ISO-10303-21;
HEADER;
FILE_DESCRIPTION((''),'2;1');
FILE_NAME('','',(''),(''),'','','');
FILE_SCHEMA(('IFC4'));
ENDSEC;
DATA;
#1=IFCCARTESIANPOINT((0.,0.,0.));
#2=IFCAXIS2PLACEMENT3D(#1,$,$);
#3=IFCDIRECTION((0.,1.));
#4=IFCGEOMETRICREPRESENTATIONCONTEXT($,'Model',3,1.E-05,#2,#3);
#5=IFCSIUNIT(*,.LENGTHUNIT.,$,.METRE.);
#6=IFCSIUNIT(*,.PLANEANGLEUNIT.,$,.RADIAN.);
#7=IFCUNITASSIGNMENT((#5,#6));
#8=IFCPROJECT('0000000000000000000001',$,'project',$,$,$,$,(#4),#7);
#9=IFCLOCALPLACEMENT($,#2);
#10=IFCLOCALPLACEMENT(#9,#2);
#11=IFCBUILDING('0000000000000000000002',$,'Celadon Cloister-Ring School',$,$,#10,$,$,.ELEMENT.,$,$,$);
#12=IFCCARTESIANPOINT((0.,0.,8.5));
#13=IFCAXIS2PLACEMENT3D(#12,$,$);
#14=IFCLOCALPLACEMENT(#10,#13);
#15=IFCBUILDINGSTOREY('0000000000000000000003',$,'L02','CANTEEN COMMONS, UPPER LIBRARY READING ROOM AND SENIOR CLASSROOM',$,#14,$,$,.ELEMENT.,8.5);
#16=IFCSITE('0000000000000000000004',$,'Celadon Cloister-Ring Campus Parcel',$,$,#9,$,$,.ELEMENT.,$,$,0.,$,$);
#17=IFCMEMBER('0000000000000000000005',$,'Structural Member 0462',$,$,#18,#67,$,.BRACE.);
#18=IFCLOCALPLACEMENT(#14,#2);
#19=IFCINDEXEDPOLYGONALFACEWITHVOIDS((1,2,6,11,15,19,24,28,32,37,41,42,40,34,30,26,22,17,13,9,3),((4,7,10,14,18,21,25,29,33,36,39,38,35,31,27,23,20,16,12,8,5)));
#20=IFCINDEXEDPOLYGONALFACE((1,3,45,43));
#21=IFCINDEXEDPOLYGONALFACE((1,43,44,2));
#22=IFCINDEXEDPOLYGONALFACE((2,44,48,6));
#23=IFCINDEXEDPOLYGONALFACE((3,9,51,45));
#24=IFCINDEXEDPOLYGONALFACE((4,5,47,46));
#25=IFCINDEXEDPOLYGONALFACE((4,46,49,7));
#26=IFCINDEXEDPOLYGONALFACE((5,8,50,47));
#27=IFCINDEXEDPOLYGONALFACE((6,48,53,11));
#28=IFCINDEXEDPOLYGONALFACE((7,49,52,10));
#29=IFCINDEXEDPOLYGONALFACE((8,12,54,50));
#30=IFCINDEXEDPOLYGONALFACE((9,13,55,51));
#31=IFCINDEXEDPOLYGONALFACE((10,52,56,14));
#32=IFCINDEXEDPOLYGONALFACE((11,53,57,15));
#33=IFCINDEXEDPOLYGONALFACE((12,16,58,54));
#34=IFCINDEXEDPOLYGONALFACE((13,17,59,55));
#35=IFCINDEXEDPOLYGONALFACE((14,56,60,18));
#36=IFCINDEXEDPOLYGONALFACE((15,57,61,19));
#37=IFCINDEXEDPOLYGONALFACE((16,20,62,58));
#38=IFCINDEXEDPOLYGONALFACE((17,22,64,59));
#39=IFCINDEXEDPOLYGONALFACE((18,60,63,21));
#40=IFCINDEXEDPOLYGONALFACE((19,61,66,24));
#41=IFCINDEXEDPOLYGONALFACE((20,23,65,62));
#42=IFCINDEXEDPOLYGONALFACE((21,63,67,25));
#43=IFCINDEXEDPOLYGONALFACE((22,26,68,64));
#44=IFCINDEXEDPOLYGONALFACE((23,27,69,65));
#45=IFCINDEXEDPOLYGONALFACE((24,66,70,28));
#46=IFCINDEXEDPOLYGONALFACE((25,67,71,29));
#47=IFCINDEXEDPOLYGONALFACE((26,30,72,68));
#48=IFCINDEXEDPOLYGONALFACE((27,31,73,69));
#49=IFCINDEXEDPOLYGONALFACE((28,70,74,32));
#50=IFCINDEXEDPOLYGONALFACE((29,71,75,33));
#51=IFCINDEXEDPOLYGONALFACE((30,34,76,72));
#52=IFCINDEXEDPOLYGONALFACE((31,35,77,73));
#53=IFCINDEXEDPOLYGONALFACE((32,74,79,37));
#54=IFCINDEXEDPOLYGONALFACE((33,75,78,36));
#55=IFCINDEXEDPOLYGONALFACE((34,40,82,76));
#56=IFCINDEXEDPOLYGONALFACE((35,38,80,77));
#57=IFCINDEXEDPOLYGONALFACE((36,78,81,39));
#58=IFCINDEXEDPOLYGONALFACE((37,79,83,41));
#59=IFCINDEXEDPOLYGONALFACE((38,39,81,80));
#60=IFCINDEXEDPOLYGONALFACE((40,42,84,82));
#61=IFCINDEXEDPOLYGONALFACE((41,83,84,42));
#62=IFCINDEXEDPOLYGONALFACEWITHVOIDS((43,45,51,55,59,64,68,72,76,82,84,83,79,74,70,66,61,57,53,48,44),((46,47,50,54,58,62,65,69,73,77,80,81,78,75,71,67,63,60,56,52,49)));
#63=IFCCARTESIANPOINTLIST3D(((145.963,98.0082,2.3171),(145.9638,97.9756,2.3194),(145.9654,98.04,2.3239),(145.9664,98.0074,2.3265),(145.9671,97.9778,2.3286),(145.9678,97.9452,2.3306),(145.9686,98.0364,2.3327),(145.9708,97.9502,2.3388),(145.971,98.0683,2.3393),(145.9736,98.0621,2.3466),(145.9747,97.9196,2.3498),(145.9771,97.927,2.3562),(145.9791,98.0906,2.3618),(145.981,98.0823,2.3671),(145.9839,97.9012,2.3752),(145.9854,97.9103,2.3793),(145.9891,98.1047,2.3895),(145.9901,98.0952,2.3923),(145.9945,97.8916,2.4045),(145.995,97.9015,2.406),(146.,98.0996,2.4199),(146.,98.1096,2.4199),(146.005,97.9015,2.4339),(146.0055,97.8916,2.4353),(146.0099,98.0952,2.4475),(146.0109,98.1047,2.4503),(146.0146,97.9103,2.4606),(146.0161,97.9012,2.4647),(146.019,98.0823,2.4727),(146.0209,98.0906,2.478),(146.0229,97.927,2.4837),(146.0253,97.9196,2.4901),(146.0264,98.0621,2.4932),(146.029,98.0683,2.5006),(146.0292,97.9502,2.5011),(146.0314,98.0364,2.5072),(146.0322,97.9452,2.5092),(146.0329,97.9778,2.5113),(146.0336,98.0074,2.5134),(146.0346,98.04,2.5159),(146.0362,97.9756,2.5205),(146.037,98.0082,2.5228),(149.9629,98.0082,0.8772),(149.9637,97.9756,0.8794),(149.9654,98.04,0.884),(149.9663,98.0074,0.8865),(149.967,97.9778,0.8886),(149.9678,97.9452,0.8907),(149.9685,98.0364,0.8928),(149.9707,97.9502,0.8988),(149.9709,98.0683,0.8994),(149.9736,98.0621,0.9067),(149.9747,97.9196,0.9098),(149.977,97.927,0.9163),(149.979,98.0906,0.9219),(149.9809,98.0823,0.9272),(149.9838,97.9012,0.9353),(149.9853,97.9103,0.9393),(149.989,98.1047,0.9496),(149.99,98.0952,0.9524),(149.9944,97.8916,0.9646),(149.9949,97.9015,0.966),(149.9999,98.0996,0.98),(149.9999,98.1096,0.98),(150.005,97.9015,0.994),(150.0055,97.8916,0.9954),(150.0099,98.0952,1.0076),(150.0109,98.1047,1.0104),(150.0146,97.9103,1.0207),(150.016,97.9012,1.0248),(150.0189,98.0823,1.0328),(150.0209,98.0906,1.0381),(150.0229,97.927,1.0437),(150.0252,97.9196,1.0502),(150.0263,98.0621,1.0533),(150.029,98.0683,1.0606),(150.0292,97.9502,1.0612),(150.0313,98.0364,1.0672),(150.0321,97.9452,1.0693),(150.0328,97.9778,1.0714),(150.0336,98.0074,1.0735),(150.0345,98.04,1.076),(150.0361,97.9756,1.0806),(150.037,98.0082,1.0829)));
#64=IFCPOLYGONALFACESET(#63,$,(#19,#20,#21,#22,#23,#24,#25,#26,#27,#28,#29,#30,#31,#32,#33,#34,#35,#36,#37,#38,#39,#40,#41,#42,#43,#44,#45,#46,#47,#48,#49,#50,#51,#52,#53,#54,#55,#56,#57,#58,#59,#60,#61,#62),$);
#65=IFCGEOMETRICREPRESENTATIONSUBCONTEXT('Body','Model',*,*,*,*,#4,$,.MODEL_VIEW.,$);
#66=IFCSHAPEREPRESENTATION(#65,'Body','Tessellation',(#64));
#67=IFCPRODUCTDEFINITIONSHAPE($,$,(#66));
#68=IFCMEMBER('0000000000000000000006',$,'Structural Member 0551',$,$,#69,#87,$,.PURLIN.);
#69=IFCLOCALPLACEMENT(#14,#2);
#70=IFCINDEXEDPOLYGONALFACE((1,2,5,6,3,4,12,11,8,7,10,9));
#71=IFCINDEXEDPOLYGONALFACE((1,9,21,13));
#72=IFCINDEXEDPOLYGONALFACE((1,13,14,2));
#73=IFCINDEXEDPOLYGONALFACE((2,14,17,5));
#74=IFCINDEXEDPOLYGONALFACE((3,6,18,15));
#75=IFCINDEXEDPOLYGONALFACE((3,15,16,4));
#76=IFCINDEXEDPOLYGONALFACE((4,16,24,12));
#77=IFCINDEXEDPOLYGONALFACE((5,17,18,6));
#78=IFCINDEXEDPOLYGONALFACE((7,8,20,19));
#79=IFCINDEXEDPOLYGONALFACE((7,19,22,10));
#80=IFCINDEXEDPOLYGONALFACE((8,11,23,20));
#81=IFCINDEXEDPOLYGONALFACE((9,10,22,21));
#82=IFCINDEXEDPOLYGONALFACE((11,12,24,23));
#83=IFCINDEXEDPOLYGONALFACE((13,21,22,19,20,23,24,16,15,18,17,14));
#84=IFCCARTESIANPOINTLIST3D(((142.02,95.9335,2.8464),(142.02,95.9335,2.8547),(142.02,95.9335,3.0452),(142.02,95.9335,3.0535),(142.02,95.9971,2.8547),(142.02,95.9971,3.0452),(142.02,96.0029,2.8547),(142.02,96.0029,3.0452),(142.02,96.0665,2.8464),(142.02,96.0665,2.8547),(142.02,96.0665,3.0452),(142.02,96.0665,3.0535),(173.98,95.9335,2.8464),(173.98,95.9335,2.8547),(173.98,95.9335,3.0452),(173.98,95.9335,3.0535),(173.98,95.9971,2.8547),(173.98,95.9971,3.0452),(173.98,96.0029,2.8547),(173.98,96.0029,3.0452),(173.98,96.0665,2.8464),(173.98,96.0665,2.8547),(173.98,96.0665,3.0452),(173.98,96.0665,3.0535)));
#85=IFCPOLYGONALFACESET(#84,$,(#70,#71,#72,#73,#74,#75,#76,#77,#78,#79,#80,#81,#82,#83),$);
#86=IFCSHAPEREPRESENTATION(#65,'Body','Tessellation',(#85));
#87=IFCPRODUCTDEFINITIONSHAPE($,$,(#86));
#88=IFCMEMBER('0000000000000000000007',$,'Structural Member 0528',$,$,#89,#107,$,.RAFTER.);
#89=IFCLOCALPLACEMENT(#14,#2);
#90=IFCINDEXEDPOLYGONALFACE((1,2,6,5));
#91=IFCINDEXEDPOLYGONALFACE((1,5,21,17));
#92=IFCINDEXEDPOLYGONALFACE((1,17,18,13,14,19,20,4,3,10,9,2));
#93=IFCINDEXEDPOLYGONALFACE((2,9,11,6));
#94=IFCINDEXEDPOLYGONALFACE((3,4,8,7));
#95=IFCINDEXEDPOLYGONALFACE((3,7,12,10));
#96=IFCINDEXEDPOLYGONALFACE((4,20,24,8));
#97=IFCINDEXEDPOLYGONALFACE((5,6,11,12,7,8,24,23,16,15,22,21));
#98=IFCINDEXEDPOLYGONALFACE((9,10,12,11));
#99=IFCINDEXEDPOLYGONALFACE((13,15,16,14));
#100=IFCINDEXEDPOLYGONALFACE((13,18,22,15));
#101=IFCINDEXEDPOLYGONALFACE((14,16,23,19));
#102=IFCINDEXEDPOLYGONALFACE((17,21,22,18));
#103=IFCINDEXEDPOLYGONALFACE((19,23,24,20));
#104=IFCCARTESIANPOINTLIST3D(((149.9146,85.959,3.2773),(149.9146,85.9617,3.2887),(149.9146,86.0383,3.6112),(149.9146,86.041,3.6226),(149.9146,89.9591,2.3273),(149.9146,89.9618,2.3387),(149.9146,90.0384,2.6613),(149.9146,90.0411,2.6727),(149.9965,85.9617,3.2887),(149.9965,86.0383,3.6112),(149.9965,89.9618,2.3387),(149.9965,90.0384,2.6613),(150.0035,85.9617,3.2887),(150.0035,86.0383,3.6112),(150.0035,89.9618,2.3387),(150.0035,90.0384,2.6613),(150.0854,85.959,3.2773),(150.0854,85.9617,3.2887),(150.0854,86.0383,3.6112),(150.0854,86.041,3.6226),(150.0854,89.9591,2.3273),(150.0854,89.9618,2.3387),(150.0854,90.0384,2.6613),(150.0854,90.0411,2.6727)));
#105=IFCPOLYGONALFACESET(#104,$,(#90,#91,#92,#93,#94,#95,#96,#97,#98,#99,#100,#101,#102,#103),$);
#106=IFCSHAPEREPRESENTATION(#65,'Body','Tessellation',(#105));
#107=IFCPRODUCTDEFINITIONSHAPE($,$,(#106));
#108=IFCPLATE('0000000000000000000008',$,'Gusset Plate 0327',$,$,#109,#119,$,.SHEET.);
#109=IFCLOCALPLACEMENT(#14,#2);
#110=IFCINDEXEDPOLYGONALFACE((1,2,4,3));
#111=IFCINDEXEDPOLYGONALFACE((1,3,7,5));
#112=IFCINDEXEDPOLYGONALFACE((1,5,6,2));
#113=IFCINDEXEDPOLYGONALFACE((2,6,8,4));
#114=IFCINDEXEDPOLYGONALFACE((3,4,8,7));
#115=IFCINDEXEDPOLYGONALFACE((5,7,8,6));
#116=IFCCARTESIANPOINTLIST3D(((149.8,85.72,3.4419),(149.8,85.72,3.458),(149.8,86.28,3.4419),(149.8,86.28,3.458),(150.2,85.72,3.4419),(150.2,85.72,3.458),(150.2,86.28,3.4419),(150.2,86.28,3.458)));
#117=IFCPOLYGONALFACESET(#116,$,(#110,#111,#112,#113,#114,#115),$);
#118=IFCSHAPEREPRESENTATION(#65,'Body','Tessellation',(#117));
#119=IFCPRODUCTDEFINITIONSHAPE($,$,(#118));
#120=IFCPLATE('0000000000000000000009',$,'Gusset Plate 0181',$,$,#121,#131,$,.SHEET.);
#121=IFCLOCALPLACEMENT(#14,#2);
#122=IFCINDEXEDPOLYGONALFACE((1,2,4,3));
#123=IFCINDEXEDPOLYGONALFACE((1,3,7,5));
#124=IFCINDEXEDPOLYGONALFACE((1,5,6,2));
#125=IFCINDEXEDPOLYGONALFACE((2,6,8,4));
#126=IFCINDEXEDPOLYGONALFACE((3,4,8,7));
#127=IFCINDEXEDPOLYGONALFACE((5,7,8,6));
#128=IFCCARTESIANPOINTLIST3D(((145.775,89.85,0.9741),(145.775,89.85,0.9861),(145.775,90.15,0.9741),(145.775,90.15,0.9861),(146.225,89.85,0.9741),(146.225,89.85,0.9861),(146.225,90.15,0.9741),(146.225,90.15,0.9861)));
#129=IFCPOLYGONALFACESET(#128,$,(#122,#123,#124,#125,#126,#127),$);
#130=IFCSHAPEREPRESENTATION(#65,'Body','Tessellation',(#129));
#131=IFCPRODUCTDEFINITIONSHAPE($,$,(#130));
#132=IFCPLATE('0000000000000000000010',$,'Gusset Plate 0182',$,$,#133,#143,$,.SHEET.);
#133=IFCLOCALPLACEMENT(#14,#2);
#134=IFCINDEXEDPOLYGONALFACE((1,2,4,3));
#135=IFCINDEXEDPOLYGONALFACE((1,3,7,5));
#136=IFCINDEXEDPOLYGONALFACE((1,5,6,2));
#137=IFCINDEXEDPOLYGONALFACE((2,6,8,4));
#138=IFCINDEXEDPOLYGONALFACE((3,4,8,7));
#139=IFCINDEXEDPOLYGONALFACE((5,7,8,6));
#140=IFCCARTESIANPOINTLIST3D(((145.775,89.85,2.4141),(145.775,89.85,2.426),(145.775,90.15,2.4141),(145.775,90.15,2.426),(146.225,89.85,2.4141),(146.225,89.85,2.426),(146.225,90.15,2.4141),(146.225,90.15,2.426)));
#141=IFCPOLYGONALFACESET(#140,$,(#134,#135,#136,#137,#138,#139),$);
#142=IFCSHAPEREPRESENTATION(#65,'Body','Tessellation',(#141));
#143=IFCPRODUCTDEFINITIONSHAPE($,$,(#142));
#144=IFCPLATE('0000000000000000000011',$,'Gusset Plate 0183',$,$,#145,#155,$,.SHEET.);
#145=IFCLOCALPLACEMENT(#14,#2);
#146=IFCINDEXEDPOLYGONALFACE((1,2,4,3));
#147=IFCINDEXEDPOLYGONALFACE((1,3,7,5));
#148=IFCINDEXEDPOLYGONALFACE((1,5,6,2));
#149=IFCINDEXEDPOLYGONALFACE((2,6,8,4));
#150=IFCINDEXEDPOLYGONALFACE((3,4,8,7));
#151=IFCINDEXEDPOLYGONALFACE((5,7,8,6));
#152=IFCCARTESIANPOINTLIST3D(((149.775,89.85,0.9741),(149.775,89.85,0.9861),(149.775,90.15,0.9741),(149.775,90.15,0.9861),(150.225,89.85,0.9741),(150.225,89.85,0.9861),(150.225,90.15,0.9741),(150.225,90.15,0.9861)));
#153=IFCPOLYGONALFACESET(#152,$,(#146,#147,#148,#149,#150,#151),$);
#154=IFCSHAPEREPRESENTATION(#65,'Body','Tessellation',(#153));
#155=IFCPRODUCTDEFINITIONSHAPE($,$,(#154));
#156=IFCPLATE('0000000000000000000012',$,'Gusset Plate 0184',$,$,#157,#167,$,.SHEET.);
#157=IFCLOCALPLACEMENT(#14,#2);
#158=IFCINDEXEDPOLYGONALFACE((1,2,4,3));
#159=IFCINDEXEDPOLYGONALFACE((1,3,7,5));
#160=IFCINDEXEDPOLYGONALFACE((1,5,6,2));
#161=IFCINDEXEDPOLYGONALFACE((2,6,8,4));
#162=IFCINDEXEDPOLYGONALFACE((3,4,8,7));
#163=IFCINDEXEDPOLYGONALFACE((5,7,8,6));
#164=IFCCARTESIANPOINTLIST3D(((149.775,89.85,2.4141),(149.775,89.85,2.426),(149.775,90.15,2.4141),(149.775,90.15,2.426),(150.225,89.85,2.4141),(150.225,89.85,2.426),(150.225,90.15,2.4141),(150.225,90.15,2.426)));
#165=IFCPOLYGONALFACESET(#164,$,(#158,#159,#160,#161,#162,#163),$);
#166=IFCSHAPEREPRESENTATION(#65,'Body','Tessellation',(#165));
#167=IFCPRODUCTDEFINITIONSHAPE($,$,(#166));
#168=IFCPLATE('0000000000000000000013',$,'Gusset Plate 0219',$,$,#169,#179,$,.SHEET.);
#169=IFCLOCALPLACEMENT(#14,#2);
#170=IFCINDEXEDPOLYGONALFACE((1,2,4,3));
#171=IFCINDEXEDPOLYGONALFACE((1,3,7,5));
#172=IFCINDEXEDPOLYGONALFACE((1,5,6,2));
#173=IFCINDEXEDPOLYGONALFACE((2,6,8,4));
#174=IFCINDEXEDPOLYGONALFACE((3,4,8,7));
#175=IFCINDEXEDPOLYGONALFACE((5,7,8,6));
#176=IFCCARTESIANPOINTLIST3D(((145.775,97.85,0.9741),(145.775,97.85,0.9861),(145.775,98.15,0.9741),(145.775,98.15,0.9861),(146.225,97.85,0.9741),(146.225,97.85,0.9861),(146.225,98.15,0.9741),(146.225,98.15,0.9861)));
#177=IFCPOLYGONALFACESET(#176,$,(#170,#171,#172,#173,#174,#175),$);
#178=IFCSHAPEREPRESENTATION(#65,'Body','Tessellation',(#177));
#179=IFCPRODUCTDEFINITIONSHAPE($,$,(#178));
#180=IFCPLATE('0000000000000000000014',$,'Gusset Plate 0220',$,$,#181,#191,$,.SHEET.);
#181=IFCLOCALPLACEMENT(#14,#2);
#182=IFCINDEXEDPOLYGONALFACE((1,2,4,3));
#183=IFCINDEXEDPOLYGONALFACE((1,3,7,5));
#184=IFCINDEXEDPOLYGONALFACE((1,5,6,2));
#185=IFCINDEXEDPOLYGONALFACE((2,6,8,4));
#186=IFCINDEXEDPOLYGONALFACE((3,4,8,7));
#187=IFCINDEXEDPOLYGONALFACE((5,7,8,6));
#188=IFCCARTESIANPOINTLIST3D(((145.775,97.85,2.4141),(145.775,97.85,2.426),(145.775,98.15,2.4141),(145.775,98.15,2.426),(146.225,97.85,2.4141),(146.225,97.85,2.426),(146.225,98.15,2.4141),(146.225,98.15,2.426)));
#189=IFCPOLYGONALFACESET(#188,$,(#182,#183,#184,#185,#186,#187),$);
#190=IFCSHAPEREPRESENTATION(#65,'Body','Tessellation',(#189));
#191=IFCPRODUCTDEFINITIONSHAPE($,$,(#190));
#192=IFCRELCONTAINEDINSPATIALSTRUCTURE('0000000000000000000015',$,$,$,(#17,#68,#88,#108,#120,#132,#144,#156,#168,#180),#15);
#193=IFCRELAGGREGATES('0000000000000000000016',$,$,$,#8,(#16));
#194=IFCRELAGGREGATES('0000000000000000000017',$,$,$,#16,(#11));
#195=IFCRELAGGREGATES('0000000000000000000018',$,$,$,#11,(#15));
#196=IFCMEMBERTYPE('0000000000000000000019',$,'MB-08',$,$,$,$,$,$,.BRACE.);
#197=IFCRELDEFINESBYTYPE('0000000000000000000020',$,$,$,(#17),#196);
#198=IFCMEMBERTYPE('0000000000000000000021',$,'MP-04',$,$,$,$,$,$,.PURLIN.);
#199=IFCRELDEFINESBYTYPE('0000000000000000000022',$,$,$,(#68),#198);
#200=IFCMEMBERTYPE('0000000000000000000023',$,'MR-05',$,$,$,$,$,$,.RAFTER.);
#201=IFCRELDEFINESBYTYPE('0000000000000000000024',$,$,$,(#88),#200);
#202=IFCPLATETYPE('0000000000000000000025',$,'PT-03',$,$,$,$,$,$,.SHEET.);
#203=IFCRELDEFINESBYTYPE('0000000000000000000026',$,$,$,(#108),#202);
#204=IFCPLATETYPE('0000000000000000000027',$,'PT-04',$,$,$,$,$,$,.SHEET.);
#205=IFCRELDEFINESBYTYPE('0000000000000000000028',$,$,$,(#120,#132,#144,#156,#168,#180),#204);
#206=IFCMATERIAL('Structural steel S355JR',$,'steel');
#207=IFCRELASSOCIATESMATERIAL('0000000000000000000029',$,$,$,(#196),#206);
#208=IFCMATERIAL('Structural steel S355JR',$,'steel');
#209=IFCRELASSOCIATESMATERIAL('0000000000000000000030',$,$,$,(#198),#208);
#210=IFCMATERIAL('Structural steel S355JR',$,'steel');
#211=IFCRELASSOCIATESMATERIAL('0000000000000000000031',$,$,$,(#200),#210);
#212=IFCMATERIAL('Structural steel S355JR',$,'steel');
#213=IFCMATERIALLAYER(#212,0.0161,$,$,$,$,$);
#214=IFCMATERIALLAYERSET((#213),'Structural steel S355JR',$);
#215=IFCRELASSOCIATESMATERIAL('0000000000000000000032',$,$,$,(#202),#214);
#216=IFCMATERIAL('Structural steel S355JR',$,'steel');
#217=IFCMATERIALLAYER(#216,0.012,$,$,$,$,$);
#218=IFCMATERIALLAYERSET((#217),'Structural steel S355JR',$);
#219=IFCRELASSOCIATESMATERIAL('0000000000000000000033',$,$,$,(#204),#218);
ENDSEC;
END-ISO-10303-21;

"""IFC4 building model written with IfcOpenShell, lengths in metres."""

from ifc_helpers import new_model, si_unit, direction, frame, origin, origin_2d, place, context, subcontext, project, spatial, rectangle, hollow_circle, i_section, extrude, material, layer, layer_set, material_profile, profile_set, type_object, element, save


model = new_model("IFC4")

# Units and contexts
model_context = context("Model", 3, precision=1e-05, world=origin(), true_north=direction((0.0, 1.0)))
body_context = subcontext(model_context, "Body", "Model", "MODEL_VIEW")
ifc_project = project(units=[si_unit("LENGTHUNIT", "METRE"), si_unit("PLANEANGLEUNIT", "RADIAN")], contexts=[model_context])

# Site, building, storey
site_placement = place(None, origin())
site = spatial("IfcSite", under=ifc_project, at=site_placement, Name="Celadon Cloister-Ring Campus Parcel", CompositionType="ELEMENT", RefElevation=0.0)
building_placement = place(site_placement, origin())
building = spatial("IfcBuilding", under=site, at=building_placement, Name="Celadon Cloister-Ring School", CompositionType="ELEMENT")
storey_placement = place(building_placement, frame((0.0, 0.0, 8.5)))
storey = spatial("IfcBuildingStorey", under=building, at=storey_placement, Name="L02", Description="CANTEEN COMMONS, UPPER LIBRARY READING ROOM AND SENIOR CLASSROOM", CompositionType="ELEMENT", Elevation=8.5)

# Members
ifc_material_1 = material(Name="Structural steel S355JR", Category="steel")
ifc_material_profile_1 = material_profile(ifc_material_1, hollow_circle(Radius=0.1096, WallThickness=0.01, at=origin_2d()), Name="CHS219.1X10")
ifc_profile_set_1 = profile_set([ifc_material_profile_1], Name="Structural steel S355JR")
member_type_1 = type_object("IfcMemberType", Name="MB-08", PredefinedType="BRACE", material=ifc_profile_set_1)
for number, where, z_axis, x_axis, name in (
    (1, (146.0, 98.0, 2.4199), (0.940892, 0.0, -0.338707), (0.0, 1.0, 0.0), "Structural Member 0462"),
):
    element("IfcMember", number, at=place(storey_placement, frame(where, z_axis=z_axis, x_axis=x_axis)), inside=storey, type_object=member_type_1, Name=name, PredefinedType="BRACE", context=body_context, shape_type="SweptSolid", body=[
        extrude(hollow_circle(Radius=0.1096, WallThickness=0.01, at=origin_2d()), origin(), (0.0, 0.0, 1.0), 4.2512),
    ])
ifc_material_2 = material(Name="Structural steel S355JR", Category="steel")
ifc_material_profile_2 = material_profile(ifc_material_2, i_section(OverallWidth=0.1331, OverallDepth=0.207, WebThickness=0.0059, FlangeThickness=0.0083, at=origin_2d()), Name="W200X27")
ifc_profile_set_2 = profile_set([ifc_material_profile_2], Name="Structural steel S355JR")
member_type_2 = type_object("IfcMemberType", Name="MP-04", PredefinedType="PURLIN", material=ifc_profile_set_2)
member_1_placement = place(storey_placement, frame((142.02, 96.0, 2.95), z_axis=(1.0, 0.0, 0.0), x_axis=(0.0, 1.0, 0.0)))
element("IfcMember", 2, at=member_1_placement, inside=storey, type_object=member_type_2, Name="Structural Member 0551", PredefinedType="PURLIN", context=body_context, shape_type="SweptSolid", body=[
    extrude(i_section(OverallWidth=0.1331, OverallDepth=0.207, WebThickness=0.0059, FlangeThickness=0.0083, at=origin_2d()), origin(), (0.0, 0.0, 1.0), 31.96),
])
ifc_material_3 = material(Name="Structural steel S355JR", Category="steel")
ifc_material_profile_3 = material_profile(ifc_material_3, i_section(OverallWidth=0.1709, OverallDepth=0.355, WebThickness=0.0071, FlangeThickness=0.0117, at=origin_2d()), Name="W360X51")
ifc_profile_set_3 = profile_set([ifc_material_profile_3], Name="Structural steel S355JR")
member_type_3 = type_object("IfcMemberType", Name="MR-05", PredefinedType="RAFTER", material=ifc_profile_set_3)
member_2_placement = place(storey_placement, frame((150.0, 86.0, 3.45), z_axis=(0.0, 0.972939, -0.231061), x_axis=(-1.0, 0.0, 0.0)))
element("IfcMember", 3, at=member_2_placement, inside=storey, type_object=member_type_3, Name="Structural Member 0528", PredefinedType="RAFTER", context=body_context, shape_type="SweptSolid", body=[
    extrude(i_section(OverallWidth=0.1709, OverallDepth=0.355, WebThickness=0.0071, FlangeThickness=0.0117, at=origin_2d()), origin(), (0.0, 0.0, 1.0), 4.1113),
])

# Plates
ifc_material_4 = material(Name="Structural steel S355JR", Category="steel")
ifc_layer_1 = layer(ifc_material_4, 0.0161)
ifc_layer_set_1 = layer_set([ifc_layer_1], Name="Structural steel S355JR")
plate_type_1 = type_object("IfcPlateType", Name="PT-03", PredefinedType="SHEET", material=ifc_layer_set_1)
plate_placement = place(storey_placement, frame((150.0, 86.0, 3.4419), z_axis=(0.0, 0.0, 1.0), x_axis=(0.0, 1.0, 0.0)))
element("IfcPlate", 4, at=plate_placement, inside=storey, type_object=plate_type_1, Name="Gusset Plate 0327", PredefinedType="SHEET", context=body_context, shape_type="SweptSolid", body=[
    extrude(rectangle(XDim=0.5601, YDim=0.3999, at=origin_2d()), origin(), (0.0, 0.0, 1.0), 0.0161),
])
ifc_material_5 = material(Name="Structural steel S355JR", Category="steel")
ifc_layer_2 = layer(ifc_material_5, 0.012)
ifc_layer_set_2 = layer_set([ifc_layer_2], Name="Structural steel S355JR")
plate_type_2 = type_object("IfcPlateType", Name="PT-04", PredefinedType="SHEET", material=ifc_layer_set_2)
for number, where, z_axis, x_axis, name in (
    (5, (146.0, 90.0, 0.9741), (0.0, 0.0, 1.0), (1.0, 0.0, 0.0), "Gusset Plate 0181"),
    (6, (146.0, 90.0, 2.4141), (0.0, 0.0, 1.0), (1.0, 0.0, 0.0), "Gusset Plate 0182"),
    (7, (150.0, 90.0, 0.9741), (0.0, 0.0, 1.0), (1.0, 0.0, 0.0), "Gusset Plate 0183"),
    (8, (150.0, 90.0, 2.4141), (0.0, 0.0, 1.0), (1.0, 0.0, 0.0), "Gusset Plate 0184"),
    (9, (146.0, 98.0, 0.9741), (0.0, 0.0, 1.0), (1.0, 0.0, 0.0), "Gusset Plate 0219"),
    (10, (146.0, 98.0, 2.4141), (0.0, 0.0, 1.0), (1.0, 0.0, 0.0), "Gusset Plate 0220"),
):
    element("IfcPlate", number, at=place(storey_placement, frame(where, z_axis=z_axis, x_axis=x_axis)), inside=storey, type_object=plate_type_2, Name=name, PredefinedType="SHEET", context=body_context, shape_type="SweptSolid", body=[
        extrude(rectangle(XDim=0.45, YDim=0.3, at=origin_2d()), origin(), (0.0, 0.0, 1.0), 0.012),
    ])

save(model, "model.ifc")
